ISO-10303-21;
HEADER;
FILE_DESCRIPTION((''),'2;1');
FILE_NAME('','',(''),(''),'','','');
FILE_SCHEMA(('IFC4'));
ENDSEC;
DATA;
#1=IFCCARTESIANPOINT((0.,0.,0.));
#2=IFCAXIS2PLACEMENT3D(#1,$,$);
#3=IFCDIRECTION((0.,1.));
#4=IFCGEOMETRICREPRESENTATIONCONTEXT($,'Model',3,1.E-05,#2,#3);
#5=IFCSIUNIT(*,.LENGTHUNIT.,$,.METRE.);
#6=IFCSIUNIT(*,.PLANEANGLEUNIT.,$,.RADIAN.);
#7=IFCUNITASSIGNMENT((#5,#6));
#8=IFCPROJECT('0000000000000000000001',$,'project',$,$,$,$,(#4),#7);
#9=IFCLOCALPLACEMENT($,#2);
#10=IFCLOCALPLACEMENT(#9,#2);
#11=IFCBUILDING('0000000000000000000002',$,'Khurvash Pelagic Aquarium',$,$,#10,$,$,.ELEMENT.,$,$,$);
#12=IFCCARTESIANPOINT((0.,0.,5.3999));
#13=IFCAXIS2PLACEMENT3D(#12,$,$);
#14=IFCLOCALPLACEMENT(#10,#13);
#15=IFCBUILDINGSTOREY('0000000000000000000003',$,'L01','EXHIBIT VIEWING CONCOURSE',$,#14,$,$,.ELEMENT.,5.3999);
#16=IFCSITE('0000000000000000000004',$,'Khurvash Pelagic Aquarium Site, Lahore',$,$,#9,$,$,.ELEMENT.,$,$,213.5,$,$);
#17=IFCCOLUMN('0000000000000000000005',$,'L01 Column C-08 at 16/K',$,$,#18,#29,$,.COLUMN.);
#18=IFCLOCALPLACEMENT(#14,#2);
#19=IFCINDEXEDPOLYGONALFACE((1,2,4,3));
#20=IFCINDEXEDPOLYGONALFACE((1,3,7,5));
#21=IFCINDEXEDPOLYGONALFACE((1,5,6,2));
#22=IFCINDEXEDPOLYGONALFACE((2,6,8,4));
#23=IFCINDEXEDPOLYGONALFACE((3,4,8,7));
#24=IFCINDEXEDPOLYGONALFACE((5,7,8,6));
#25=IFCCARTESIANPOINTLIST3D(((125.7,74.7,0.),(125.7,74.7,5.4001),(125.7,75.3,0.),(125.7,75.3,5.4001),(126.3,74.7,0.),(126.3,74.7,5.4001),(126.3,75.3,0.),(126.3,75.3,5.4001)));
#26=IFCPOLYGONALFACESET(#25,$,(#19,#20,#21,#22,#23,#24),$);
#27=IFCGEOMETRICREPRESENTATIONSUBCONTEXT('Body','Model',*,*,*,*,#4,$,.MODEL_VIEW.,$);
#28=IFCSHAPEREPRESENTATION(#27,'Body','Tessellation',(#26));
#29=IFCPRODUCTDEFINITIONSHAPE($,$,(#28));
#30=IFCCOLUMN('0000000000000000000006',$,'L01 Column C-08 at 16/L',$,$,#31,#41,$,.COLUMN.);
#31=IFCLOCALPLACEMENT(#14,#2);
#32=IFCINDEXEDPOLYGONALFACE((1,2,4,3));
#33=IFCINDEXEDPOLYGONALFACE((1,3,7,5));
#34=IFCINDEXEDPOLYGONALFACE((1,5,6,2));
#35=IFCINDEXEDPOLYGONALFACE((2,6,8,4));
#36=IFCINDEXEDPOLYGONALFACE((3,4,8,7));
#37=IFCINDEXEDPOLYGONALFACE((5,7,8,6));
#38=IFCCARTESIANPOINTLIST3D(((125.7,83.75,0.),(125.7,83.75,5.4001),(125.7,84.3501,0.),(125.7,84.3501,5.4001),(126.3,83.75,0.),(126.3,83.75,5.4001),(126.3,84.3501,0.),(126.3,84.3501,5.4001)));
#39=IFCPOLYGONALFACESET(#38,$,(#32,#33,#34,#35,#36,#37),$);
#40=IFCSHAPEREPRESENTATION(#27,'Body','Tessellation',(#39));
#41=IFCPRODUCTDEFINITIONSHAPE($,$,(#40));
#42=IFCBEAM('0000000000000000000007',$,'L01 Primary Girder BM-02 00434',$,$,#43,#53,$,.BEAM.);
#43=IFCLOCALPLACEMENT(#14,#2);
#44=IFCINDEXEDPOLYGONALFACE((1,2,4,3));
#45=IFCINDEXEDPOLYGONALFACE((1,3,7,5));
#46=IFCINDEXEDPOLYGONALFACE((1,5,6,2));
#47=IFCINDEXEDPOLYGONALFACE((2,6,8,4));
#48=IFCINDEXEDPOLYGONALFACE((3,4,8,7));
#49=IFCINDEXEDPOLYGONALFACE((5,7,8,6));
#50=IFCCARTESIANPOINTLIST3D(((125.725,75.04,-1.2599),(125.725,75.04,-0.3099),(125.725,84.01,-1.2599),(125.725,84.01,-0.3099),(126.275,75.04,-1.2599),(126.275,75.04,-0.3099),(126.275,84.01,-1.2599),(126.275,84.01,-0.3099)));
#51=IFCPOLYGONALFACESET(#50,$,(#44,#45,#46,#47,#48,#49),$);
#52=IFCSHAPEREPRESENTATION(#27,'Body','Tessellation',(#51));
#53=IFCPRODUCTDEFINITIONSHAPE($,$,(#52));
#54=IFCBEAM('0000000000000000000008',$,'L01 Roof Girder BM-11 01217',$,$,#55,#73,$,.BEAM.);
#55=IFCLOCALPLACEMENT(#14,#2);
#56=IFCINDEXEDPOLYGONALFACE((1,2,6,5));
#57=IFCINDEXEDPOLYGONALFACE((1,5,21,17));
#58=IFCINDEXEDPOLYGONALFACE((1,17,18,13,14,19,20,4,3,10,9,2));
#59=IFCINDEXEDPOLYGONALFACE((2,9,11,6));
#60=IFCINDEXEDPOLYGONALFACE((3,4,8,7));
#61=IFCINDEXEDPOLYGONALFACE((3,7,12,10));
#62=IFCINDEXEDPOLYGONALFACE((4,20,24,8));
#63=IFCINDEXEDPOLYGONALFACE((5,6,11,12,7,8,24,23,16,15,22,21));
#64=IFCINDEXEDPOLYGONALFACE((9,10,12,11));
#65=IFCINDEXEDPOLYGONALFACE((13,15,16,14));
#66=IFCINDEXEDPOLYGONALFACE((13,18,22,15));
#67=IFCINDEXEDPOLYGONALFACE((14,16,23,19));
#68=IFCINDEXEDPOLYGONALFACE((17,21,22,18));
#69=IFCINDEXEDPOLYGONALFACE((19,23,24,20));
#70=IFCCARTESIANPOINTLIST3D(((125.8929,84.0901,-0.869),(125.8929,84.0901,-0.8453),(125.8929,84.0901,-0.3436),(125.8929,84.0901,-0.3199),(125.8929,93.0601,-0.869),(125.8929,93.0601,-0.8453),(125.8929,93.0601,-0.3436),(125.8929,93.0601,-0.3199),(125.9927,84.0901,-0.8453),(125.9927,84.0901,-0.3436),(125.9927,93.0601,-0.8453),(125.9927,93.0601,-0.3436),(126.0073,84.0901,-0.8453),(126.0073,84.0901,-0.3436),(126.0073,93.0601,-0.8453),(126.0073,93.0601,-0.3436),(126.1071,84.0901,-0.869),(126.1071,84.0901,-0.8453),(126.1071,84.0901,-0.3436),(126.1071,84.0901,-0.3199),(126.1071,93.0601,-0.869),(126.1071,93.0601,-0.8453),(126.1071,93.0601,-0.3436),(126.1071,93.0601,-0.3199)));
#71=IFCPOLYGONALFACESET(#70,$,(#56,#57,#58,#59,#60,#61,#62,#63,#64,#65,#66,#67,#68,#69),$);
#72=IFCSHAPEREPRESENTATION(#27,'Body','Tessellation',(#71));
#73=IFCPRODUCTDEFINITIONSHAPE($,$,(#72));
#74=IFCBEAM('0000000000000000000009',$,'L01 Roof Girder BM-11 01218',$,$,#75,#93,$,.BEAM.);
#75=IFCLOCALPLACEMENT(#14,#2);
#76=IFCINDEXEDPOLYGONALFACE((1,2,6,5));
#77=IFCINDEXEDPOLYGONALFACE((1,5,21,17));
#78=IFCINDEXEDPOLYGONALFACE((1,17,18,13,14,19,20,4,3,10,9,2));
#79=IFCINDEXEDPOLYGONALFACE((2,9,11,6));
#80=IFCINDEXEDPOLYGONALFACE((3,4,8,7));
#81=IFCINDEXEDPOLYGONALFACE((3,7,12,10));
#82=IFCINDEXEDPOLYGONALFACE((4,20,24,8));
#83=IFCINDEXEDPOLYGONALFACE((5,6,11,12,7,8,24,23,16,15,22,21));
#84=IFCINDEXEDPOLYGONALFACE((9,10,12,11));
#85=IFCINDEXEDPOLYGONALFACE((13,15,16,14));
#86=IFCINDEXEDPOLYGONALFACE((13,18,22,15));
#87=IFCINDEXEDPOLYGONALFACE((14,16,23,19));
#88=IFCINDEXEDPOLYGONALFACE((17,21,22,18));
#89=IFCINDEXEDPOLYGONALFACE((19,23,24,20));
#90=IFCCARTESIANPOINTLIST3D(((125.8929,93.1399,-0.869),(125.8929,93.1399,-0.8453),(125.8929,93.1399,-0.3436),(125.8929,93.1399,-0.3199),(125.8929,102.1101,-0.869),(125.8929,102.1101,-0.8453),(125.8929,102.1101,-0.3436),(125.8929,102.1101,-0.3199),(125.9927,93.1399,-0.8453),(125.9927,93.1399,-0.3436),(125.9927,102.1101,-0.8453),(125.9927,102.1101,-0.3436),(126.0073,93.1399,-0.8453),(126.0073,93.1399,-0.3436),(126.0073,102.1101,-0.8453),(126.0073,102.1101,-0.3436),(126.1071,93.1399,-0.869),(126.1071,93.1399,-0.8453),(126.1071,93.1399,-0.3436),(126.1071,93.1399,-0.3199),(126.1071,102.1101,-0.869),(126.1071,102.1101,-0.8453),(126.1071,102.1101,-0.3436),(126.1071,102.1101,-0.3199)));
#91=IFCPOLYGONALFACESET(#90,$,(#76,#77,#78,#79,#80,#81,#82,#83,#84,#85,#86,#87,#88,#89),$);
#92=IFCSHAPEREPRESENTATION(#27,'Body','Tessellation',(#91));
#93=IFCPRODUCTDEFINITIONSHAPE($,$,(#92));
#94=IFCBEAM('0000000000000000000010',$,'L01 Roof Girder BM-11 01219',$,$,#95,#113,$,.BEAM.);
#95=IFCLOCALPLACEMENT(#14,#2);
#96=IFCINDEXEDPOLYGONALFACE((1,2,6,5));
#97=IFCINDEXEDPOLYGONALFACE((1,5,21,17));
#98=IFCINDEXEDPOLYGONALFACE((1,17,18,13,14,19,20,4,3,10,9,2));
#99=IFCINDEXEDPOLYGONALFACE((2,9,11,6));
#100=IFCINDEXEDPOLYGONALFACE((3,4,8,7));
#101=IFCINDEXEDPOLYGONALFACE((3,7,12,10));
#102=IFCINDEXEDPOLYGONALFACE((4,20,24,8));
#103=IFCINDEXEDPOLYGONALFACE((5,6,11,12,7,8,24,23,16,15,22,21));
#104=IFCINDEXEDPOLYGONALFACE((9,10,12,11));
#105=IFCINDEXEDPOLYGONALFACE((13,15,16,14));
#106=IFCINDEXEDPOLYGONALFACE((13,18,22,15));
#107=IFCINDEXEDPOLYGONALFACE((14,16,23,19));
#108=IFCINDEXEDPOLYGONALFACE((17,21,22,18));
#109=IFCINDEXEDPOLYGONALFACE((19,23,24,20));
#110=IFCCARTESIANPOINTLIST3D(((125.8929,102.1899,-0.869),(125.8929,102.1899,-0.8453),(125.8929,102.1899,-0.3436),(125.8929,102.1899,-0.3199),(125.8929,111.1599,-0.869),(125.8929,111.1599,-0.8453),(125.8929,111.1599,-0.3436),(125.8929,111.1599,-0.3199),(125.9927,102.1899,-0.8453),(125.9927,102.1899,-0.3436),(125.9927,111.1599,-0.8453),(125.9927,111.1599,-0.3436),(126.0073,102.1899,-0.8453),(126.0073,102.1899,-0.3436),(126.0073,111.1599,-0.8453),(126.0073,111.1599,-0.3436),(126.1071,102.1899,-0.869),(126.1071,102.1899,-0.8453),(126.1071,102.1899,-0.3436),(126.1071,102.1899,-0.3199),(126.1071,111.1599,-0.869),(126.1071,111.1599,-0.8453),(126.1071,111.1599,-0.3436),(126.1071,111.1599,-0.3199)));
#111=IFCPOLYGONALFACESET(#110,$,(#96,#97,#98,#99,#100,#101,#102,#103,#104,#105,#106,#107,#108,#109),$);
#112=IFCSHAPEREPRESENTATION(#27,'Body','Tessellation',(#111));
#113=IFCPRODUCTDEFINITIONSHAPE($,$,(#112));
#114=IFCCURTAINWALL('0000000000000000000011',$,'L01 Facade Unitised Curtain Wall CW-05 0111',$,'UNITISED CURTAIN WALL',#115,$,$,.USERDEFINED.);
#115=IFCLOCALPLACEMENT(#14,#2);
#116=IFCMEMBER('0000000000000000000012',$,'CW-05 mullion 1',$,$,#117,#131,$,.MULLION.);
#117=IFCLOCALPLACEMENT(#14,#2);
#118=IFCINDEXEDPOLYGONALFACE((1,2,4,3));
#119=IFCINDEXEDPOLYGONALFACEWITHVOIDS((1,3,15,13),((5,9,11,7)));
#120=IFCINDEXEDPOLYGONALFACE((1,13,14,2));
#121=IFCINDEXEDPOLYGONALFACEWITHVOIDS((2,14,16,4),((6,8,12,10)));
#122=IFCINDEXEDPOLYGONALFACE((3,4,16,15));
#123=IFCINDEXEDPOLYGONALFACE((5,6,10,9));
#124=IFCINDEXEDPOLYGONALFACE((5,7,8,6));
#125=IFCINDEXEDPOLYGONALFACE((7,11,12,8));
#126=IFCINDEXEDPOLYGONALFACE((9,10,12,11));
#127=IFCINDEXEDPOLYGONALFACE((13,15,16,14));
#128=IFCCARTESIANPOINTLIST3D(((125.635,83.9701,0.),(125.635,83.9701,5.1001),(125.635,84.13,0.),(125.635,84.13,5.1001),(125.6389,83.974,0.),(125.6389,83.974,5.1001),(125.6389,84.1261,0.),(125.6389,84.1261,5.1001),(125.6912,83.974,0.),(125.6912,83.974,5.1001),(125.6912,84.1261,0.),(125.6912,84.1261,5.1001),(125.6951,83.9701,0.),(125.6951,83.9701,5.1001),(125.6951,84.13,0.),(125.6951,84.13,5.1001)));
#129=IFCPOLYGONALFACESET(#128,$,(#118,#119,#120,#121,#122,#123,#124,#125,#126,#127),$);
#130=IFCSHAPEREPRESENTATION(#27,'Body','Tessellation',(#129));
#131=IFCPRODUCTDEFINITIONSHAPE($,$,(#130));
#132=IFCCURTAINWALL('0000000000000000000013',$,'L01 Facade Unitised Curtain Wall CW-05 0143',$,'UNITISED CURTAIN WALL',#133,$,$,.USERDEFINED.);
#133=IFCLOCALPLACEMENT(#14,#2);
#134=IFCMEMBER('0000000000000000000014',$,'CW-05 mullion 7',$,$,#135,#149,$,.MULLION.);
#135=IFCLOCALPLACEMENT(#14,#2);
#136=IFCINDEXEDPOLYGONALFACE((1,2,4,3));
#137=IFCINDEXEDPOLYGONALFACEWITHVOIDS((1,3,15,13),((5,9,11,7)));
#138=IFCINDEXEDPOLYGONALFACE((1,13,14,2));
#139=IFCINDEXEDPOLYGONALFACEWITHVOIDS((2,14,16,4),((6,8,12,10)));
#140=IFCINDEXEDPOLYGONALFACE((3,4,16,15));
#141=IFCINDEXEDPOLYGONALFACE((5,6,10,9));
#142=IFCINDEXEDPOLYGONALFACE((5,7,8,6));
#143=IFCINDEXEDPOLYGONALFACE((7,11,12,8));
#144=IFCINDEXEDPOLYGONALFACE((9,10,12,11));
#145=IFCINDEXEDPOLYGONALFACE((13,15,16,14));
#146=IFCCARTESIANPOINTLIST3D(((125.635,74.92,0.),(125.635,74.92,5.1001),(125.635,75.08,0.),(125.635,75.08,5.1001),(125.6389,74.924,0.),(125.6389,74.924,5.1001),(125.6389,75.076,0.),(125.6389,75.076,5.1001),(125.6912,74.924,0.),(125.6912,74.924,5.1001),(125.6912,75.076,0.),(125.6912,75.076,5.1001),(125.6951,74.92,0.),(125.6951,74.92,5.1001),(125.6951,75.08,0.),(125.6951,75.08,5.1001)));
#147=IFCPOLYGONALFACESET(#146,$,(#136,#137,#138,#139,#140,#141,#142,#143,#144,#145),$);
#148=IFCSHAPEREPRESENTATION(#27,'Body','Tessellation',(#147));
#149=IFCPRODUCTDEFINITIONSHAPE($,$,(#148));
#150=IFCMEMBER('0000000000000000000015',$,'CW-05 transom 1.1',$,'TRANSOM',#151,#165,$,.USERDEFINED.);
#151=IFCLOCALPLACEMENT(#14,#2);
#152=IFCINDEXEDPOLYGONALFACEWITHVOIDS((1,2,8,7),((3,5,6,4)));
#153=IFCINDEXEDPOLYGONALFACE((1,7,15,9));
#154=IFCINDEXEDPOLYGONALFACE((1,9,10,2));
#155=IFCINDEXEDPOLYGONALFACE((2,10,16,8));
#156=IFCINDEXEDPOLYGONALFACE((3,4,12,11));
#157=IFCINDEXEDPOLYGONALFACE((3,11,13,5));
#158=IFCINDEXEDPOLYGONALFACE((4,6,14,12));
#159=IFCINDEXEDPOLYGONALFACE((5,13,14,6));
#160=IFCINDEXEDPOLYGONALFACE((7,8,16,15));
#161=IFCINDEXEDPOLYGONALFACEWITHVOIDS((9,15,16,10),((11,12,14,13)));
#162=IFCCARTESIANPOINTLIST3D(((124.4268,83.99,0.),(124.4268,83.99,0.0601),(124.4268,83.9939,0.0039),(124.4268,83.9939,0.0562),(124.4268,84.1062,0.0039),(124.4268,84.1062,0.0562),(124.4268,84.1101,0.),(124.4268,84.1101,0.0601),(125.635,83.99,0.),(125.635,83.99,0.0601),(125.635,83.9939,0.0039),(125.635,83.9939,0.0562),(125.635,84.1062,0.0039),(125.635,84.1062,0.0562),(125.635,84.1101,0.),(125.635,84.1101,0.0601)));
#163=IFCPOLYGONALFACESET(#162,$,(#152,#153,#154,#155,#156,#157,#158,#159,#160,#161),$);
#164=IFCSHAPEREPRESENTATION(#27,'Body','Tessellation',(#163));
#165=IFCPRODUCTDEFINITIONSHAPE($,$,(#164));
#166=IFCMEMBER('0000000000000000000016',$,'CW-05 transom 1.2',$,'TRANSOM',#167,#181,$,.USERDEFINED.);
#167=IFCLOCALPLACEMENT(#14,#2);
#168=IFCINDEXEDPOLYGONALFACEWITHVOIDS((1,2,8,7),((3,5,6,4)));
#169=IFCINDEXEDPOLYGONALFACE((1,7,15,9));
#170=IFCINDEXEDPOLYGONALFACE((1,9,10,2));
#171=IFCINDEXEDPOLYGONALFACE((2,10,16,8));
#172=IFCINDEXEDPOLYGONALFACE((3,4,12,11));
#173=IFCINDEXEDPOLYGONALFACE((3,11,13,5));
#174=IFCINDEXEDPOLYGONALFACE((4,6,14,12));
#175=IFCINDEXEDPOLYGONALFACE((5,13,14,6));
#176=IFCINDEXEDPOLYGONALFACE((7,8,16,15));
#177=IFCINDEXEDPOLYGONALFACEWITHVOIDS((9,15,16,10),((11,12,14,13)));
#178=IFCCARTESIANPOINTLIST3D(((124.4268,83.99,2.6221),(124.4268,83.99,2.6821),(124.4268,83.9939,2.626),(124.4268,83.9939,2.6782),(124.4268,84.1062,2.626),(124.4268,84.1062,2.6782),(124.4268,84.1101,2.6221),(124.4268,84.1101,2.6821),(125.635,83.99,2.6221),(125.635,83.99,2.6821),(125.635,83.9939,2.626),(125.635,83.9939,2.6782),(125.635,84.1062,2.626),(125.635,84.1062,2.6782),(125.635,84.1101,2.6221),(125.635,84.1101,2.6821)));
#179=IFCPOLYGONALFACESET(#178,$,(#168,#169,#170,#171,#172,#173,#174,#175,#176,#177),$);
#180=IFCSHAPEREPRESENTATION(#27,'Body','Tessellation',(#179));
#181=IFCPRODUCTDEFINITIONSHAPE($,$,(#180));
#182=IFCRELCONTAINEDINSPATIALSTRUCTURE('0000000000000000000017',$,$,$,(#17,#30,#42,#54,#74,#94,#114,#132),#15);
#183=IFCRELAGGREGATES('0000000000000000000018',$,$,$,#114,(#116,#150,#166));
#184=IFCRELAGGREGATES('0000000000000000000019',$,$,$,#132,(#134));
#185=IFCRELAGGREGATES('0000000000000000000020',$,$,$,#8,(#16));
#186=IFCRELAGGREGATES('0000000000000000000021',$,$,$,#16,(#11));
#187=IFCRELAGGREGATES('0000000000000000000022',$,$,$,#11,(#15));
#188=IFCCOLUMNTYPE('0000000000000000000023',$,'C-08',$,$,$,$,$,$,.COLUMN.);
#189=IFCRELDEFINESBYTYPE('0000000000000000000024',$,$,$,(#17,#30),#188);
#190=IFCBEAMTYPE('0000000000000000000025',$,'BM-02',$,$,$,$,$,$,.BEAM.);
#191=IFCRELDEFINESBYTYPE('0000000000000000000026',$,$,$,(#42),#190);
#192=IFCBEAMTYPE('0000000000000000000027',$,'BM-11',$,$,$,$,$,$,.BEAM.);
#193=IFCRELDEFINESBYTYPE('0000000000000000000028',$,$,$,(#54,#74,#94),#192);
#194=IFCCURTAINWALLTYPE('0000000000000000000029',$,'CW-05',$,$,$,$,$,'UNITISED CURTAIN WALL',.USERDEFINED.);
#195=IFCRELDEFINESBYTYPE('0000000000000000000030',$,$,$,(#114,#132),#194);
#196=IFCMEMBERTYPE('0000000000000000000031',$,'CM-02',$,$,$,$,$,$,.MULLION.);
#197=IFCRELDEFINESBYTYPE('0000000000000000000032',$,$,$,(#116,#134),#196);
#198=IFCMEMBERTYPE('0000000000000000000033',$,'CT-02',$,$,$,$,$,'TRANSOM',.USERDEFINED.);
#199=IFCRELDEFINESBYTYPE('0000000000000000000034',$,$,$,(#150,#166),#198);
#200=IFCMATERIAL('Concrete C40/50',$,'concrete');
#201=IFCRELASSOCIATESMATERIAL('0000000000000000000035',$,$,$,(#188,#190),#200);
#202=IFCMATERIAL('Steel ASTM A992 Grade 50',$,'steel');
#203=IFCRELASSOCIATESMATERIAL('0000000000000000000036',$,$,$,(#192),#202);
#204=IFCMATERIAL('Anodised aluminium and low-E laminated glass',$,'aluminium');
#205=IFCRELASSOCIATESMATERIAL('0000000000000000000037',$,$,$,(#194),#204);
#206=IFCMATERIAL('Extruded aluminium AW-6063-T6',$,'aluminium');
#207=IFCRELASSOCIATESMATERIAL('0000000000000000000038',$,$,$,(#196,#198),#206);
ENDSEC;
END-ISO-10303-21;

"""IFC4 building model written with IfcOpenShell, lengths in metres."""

from ifc_helpers import new_model, si_unit, direction, frame, origin, origin_2d, place, context, subcontext, project, spatial, rectangle, hollow_rectangle, i_section, extrude, material, material_profile, profile_set, type_object, element, aggregate, save


model = new_model("IFC4")

# Units and contexts
model_context = context("Model", 3, precision=1e-05, world=origin(), true_north=direction((0.0, 1.0)))
body_context = subcontext(model_context, "Body", "Model", "MODEL_VIEW")
ifc_project = project(units=[si_unit("LENGTHUNIT", "METRE"), si_unit("PLANEANGLEUNIT", "RADIAN")], contexts=[model_context])

# Site, building, storey
site_placement = place(None, origin())
site = spatial("IfcSite", under=ifc_project, at=site_placement, Name="Khurvash Pelagic Aquarium Site, Lahore", CompositionType="ELEMENT", RefElevation=213.5)
building_placement = place(site_placement, origin())
building = spatial("IfcBuilding", under=site, at=building_placement, Name="Khurvash Pelagic Aquarium", CompositionType="ELEMENT")
storey_placement = place(building_placement, frame((0.0, 0.0, 5.3999)))
storey = spatial("IfcBuildingStorey", under=building, at=storey_placement, Name="L01", Description="EXHIBIT VIEWING CONCOURSE", CompositionType="ELEMENT", Elevation=5.3999)

# Columns
ifc_material_1 = material(Name="Concrete C40/50", Category="concrete")
ifc_material_profile_1 = material_profile(ifc_material_1, rectangle(XDim=0.6001, YDim=0.6001, at=origin_2d()), Name="RC600X600")
ifc_profile_set_1 = profile_set([ifc_material_profile_1], Name="Concrete C40/50")
column_type = type_object("IfcColumnType", Name="C-08", PredefinedType="COLUMN", material=ifc_profile_set_1)
for number, where, z_axis, x_axis, name in (
    (1, (126.0, 75.0, 0.0), (0.0, 0.0, 1.0), (1.0, 0.0, 0.0), "L01 Column C-08 at 16/K"),
    (2, (126.0, 84.05, 0.0), (0.0, 0.0, 1.0), (1.0, 0.0, 0.0), "L01 Column C-08 at 16/L"),
):
    element("IfcColumn", number, at=place(storey_placement, frame(where, z_axis=z_axis, x_axis=x_axis)), inside=storey, type_object=column_type, Name=name, PredefinedType="COLUMN", context=body_context, shape_type="SweptSolid", body=[
        extrude(rectangle(XDim=0.6001, YDim=0.6001, at=origin_2d()), origin(), (0.0, 0.0, 1.0), 5.4001),
    ])

# Beams
ifc_material_profile_2 = material_profile(ifc_material_1, rectangle(XDim=0.55, YDim=0.95, at=origin_2d()), Name="RC550X950")
ifc_profile_set_2 = profile_set([ifc_material_profile_2], Name="Concrete C40/50")
beam_type_1 = type_object("IfcBeamType", Name="BM-02", PredefinedType="BEAM", material=ifc_profile_set_2)
beam_1_placement = place(storey_placement, frame((126.0, 75.04, -0.7849), z_axis=(0.0, 1.0, 0.0), x_axis=(-1.0, 0.0, 0.0)))
element("IfcBeam", 3, at=beam_1_placement, inside=storey, type_object=beam_type_1, Name="L01 Primary Girder BM-02 00434", PredefinedType="BEAM", context=body_context, shape_type="SweptSolid", body=[
    extrude(rectangle(XDim=0.55, YDim=0.95, at=origin_2d()), origin(), (0.0, 0.0, 1.0), 8.97),
])
ifc_material_2 = material(Name="Steel ASTM A992 Grade 50", Category="steel")
ifc_material_profile_3 = material_profile(ifc_material_2, i_section(OverallWidth=0.2141, OverallDepth=0.5491, WebThickness=0.0146, FlangeThickness=0.0237, at=origin_2d()), Name="W21X93")
ifc_profile_set_3 = profile_set([ifc_material_profile_3], Name="Steel ASTM A992 Grade 50")
beam_type_2 = type_object("IfcBeamType", Name="BM-11", PredefinedType="BEAM", material=ifc_profile_set_3)
beam_2_placement = place(storey_placement, frame((126.0, 84.0901, -0.5945), z_axis=(0.0, 1.0, 0.0), x_axis=(-1.0, 0.0, 0.0)))
element("IfcBeam", 4, at=beam_2_placement, inside=storey, type_object=beam_type_2, Name="L01 Roof Girder BM-11 01217", PredefinedType="BEAM", context=body_context, shape_type="SweptSolid", body=[
    extrude(i_section(OverallWidth=0.2141, OverallDepth=0.5491, WebThickness=0.0146, FlangeThickness=0.0237, at=origin_2d()), origin(), (0.0, 0.0, 1.0), 8.97),
])
beam_3_placement = place(storey_placement, frame((126.0, 93.1399, -0.5945), z_axis=(0.0, 1.0, 0.0), x_axis=(-1.0, 0.0, 0.0)))
element("IfcBeam", 5, at=beam_3_placement, inside=storey, type_object=beam_type_2, Name="L01 Roof Girder BM-11 01218", PredefinedType="BEAM", context=body_context, shape_type="SweptSolid", body=[
    extrude(i_section(OverallWidth=0.2141, OverallDepth=0.5491, WebThickness=0.0146, FlangeThickness=0.0237, at=origin_2d()), origin(), (0.0, 0.0, 1.0), 8.9702),
])
beam_4_placement = place(storey_placement, frame((126.0, 102.1899, -0.5945), z_axis=(0.0, 1.0, 0.0), x_axis=(-1.0, 0.0, 0.0)))
element("IfcBeam", 6, at=beam_4_placement, inside=storey, type_object=beam_type_2, Name="L01 Roof Girder BM-11 01219", PredefinedType="BEAM", context=body_context, shape_type="SweptSolid", body=[
    extrude(i_section(OverallWidth=0.2141, OverallDepth=0.5491, WebThickness=0.0146, FlangeThickness=0.0237, at=origin_2d()), origin(), (0.0, 0.0, 1.0), 8.97),
])

# Curtain walls, members
ifc_material_3 = material(Name="Anodised aluminium and low-E laminated glass", Category="aluminium")
curtain_wall_type = type_object("IfcCurtainWallType", Name="CW-05", ElementType="UNITISED CURTAIN WALL", PredefinedType="USERDEFINED", material=ifc_material_3)
curtain_wall_1_placement = place(storey_placement, origin())
curtain_wall_1 = element("IfcCurtainWall", 7, at=curtain_wall_1_placement, inside=storey, type_object=curtain_wall_type, Name="L01 Facade Unitised Curtain Wall CW-05 0111", ObjectType="UNITISED CURTAIN WALL", PredefinedType="USERDEFINED")
ifc_material_4 = material(Name="Extruded aluminium AW-6063-T6", Category="aluminium")
ifc_material_profile_4 = material_profile(ifc_material_4, hollow_rectangle(XDim=0.0601, YDim=0.1599, WallThickness=0.0039, at=origin_2d()), Name="CWM60X160X4")
ifc_profile_set_4 = profile_set([ifc_material_profile_4], Name="Extruded aluminium AW-6063-T6")
member_type_1 = type_object("IfcMemberType", Name="CM-02", PredefinedType="MULLION", material=ifc_profile_set_4)
member_1_placement = place(storey_placement, frame((125.665, 84.05, 0.0), z_axis=(0.0, 0.0, 1.0), x_axis=(-1.0, 0.0, 0.0)))
member_1 = element("IfcMember", 8, at=member_1_placement, type_object=member_type_1, Name="CW-05 mullion 1", PredefinedType="MULLION", context=body_context, shape_type="SweptSolid", body=[
    extrude(hollow_rectangle(XDim=0.0601, YDim=0.1599, WallThickness=0.0039, at=origin_2d()), origin(), (0.0, 0.0, 1.0), 5.1001),
])
curtain_wall_2_placement = place(storey_placement, origin())
curtain_wall_2 = element("IfcCurtainWall", 9, at=curtain_wall_2_placement, inside=storey, type_object=curtain_wall_type, Name="L01 Facade Unitised Curtain Wall CW-05 0143", ObjectType="UNITISED CURTAIN WALL", PredefinedType="USERDEFINED")
member_2_placement = place(storey_placement, frame((125.665, 75.0, 0.0), z_axis=(0.0, 0.0, 1.0), x_axis=(1.0, 0.0, 0.0)))
member_2 = element("IfcMember", 10, at=member_2_placement, type_object=member_type_1, Name="CW-05 mullion 7", PredefinedType="MULLION", context=body_context, shape_type="SweptSolid", body=[
    extrude(hollow_rectangle(XDim=0.0601, YDim=0.1599, WallThickness=0.0039, at=origin_2d()), origin(), (0.0, 0.0, 1.0), 5.1001),
])

# Members
ifc_material_profile_5 = material_profile(ifc_material_4, hollow_rectangle(XDim=0.1201, YDim=0.0601, WallThickness=0.0039, at=origin_2d()), Name="CWT120X60X4")
ifc_profile_set_5 = profile_set([ifc_material_profile_5], Name="Extruded aluminium AW-6063-T6")
member_type_2 = type_object("IfcMemberType", Name="CT-02", ElementType="TRANSOM", PredefinedType="USERDEFINED", material=ifc_profile_set_5)
member_3_placement = place(storey_placement, frame((125.635, 84.05, 0.03), z_axis=(-1.0, 0.0, 0.0), x_axis=(0.0, -1.0, 0.0)))
member_3 = element("IfcMember", 11, at=member_3_placement, type_object=member_type_2, Name="CW-05 transom 1.1", ObjectType="TRANSOM", PredefinedType="USERDEFINED", context=body_context, shape_type="SweptSolid", body=[
    extrude(hollow_rectangle(XDim=0.1201, YDim=0.0601, WallThickness=0.0039, at=origin_2d()), origin(), (0.0, 0.0, 1.0), 1.2083),
])
member_4_placement = place(storey_placement, frame((125.635, 84.05, 2.6521), z_axis=(-1.0, 0.0, 0.0), x_axis=(0.0, -1.0, 0.0)))
member_4 = element("IfcMember", 12, at=member_4_placement, type_object=member_type_2, Name="CW-05 transom 1.2", ObjectType="TRANSOM", PredefinedType="USERDEFINED", context=body_context, shape_type="SweptSolid", body=[
    extrude(hollow_rectangle(XDim=0.1201, YDim=0.0601, WallThickness=0.0039, at=origin_2d()), origin(), (0.0, 0.0, 1.0), 1.2083),
])

aggregate(curtain_wall_1, [member_1, member_3, member_4])
aggregate(curtain_wall_2, [member_2])

save(model, "model.ifc")
